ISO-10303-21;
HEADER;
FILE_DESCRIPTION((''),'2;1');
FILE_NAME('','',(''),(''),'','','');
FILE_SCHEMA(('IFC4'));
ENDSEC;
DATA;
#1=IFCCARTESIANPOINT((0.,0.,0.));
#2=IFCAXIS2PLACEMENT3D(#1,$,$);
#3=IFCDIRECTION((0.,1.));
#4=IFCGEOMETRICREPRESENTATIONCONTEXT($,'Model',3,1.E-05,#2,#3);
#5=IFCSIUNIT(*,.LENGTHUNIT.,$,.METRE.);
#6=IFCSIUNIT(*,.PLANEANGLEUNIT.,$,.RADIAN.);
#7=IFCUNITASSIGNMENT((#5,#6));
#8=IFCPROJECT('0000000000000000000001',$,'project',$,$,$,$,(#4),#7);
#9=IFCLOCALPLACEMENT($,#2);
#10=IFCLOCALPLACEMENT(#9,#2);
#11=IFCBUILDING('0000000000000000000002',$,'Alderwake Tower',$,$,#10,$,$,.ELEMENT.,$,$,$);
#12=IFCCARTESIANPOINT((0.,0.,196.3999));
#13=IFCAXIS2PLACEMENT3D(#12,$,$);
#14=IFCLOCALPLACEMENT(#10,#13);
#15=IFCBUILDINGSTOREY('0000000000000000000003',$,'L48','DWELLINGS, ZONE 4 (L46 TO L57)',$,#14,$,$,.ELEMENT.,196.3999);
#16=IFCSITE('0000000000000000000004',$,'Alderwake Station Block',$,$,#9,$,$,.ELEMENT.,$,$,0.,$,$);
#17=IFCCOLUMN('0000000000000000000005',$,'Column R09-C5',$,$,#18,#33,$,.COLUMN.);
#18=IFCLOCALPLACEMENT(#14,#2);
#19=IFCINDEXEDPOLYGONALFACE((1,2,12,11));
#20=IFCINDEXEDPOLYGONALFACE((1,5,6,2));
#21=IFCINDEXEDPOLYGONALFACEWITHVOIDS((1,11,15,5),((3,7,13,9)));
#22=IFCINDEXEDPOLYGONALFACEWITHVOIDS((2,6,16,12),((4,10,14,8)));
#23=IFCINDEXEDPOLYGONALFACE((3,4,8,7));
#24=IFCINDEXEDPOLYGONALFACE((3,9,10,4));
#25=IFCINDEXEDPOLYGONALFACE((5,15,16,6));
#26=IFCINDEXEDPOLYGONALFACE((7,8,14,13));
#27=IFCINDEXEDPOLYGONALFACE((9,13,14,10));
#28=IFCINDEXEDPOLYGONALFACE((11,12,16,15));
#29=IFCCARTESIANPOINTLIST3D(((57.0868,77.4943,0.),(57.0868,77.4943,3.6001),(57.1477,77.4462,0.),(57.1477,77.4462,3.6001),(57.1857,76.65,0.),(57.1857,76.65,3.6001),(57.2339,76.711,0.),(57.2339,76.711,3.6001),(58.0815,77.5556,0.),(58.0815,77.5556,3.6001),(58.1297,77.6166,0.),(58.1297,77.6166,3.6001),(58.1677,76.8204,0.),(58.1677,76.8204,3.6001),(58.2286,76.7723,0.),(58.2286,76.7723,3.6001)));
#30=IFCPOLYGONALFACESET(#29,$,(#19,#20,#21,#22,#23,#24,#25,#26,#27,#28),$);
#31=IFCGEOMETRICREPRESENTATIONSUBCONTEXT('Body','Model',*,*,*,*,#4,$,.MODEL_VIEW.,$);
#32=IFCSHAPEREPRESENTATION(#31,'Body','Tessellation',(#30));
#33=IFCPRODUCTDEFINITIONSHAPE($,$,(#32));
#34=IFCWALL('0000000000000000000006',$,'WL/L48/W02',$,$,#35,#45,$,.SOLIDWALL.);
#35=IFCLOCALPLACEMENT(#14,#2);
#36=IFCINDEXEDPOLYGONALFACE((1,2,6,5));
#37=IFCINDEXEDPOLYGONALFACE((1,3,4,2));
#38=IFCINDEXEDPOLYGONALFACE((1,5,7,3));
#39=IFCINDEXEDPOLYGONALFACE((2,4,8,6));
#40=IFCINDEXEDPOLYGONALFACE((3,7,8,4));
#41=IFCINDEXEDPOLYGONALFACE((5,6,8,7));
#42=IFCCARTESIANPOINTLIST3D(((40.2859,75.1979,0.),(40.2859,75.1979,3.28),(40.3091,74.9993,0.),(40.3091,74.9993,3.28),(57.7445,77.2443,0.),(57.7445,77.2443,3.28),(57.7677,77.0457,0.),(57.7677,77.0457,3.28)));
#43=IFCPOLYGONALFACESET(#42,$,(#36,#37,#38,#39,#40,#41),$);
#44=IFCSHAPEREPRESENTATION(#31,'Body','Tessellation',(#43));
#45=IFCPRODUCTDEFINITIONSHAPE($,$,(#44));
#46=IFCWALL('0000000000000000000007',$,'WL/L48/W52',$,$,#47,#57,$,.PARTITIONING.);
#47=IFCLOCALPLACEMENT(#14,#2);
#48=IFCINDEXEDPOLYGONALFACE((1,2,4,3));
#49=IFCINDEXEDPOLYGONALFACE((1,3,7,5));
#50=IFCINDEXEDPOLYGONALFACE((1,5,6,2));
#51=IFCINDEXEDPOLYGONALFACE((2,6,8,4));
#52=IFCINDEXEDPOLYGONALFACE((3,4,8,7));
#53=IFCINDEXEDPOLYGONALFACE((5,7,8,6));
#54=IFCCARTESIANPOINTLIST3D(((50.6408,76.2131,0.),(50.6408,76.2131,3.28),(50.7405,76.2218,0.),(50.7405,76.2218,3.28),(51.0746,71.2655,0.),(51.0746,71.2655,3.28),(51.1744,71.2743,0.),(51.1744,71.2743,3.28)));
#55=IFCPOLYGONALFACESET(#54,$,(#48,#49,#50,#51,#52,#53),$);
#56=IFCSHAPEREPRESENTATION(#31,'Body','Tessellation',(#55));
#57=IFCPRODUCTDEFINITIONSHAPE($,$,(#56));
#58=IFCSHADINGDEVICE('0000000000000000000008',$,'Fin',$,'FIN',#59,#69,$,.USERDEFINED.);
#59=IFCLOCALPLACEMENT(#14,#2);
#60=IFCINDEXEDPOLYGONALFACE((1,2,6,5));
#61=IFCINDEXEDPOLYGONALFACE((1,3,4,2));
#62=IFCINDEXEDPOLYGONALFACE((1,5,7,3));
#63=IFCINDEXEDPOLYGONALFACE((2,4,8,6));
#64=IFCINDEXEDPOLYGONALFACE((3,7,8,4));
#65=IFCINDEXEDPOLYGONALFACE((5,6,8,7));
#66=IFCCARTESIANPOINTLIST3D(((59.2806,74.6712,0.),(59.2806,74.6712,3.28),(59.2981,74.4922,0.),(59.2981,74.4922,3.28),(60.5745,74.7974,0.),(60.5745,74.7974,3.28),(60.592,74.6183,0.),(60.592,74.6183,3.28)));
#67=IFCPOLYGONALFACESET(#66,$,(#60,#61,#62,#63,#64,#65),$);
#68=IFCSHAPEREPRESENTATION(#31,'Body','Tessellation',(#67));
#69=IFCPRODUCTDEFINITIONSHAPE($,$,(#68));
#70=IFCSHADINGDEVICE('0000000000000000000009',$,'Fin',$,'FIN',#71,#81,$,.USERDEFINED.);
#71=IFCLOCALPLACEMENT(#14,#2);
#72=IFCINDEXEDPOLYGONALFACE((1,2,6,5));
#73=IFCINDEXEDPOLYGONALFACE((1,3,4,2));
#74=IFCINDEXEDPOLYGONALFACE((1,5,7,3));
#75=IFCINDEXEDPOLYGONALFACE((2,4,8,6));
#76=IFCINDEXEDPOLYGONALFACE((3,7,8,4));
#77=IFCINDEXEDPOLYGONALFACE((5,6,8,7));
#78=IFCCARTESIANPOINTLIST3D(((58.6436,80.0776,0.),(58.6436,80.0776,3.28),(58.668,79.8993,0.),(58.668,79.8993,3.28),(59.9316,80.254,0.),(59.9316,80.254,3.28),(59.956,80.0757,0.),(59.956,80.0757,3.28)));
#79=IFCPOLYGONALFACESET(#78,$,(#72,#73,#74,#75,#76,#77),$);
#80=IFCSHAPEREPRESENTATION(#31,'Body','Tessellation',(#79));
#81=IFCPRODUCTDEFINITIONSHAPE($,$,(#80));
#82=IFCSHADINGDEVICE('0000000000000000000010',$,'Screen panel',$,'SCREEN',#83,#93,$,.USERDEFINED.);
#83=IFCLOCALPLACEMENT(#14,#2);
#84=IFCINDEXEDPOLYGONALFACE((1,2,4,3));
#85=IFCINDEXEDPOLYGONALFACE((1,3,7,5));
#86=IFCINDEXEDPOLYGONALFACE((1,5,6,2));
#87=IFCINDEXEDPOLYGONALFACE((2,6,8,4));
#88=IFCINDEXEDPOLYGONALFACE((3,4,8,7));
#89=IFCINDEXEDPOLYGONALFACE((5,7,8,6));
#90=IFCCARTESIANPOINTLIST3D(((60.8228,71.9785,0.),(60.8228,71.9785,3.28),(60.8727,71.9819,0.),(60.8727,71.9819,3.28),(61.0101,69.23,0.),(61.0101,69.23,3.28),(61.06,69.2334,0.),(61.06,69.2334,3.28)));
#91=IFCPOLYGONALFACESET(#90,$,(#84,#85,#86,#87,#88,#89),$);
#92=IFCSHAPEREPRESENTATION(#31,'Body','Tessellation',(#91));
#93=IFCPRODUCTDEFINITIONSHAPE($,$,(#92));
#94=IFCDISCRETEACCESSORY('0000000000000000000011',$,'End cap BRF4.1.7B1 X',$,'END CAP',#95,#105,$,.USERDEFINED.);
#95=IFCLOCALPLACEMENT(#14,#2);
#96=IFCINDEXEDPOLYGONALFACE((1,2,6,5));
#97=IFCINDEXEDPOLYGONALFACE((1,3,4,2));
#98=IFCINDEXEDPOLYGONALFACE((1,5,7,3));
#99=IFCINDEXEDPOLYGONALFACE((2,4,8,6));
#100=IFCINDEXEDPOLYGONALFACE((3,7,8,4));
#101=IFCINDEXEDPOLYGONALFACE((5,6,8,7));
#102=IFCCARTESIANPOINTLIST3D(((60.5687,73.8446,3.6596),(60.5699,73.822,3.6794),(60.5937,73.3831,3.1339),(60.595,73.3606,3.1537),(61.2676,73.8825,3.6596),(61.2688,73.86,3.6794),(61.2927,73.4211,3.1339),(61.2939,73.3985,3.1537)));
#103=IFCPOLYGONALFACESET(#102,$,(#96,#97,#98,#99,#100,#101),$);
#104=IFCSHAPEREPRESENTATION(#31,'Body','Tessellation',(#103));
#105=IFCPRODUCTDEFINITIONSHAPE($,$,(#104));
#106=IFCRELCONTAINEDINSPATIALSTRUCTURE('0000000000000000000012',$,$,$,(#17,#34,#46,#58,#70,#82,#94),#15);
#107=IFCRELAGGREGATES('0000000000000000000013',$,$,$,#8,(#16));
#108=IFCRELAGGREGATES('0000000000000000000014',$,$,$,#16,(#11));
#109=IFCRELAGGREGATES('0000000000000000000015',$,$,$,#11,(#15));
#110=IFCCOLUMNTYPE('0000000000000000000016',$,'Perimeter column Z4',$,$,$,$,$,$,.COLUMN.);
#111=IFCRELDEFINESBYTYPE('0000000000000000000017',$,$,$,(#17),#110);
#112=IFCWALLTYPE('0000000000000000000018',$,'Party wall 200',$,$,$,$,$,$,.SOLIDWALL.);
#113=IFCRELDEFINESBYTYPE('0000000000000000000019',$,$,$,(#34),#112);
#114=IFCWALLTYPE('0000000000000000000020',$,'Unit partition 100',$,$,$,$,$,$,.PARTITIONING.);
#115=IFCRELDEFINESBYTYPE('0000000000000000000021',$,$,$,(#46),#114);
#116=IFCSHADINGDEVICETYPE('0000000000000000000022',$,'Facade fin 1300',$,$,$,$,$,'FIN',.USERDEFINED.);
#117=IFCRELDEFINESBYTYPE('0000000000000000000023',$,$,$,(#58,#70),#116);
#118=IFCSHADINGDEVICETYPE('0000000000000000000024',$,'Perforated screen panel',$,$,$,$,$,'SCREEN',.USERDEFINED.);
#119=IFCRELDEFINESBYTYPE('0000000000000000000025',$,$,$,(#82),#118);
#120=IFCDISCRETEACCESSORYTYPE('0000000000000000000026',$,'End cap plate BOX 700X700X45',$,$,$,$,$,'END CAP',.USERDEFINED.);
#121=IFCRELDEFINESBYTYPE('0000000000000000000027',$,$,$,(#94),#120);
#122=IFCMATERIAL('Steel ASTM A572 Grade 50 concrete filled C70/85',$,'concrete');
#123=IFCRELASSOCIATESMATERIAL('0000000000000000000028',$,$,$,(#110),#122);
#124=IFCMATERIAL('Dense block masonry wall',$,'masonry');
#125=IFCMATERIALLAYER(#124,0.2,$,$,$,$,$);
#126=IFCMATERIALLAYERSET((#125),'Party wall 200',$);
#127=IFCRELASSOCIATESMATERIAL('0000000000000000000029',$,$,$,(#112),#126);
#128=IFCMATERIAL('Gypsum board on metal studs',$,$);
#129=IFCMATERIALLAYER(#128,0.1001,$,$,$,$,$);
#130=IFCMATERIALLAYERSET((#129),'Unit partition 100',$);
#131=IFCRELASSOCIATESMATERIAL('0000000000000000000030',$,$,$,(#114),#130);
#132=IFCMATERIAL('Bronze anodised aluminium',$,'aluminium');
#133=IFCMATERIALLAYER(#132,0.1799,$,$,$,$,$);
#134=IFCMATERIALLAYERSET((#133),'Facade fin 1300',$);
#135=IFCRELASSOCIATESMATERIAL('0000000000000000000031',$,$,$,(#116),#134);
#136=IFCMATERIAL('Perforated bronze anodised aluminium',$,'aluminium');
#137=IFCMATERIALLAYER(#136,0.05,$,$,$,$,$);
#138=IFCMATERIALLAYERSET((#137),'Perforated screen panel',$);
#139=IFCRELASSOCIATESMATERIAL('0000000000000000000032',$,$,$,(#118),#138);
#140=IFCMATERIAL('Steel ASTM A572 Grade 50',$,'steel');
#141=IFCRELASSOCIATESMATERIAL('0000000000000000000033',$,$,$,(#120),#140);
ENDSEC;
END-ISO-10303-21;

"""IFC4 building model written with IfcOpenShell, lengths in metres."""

from ifc_helpers import new_model, si_unit, direction, frame, frame_2d, origin, origin_2d, place, context, subcontext, project, spatial, rectangle, hollow_rectangle, extrude, material, layer, layer_set, material_profile, profile_set, type_object, element, save


model = new_model("IFC4")

# Units and contexts
model_context = context("Model", 3, precision=1e-05, world=origin(), true_north=direction((0.0, 1.0)))
body_context = subcontext(model_context, "Body", "Model", "MODEL_VIEW")
ifc_project = project(units=[si_unit("LENGTHUNIT", "METRE"), si_unit("PLANEANGLEUNIT", "RADIAN")], contexts=[model_context])

# Site, building, storey
site_placement = place(None, origin())
site = spatial("IfcSite", under=ifc_project, at=site_placement, Name="Alderwake Station Block", CompositionType="ELEMENT", RefElevation=0.0)
building_placement = place(site_placement, origin())
building = spatial("IfcBuilding", under=site, at=building_placement, Name="Alderwake Tower", CompositionType="ELEMENT")
storey_placement = place(building_placement, frame((0.0, 0.0, 196.3999)))
storey = spatial("IfcBuildingStorey", under=building, at=storey_placement, Name="L48", Description="DWELLINGS, ZONE 4 (L46 TO L57)", CompositionType="ELEMENT", Elevation=196.3999)

# Column
ifc_material_1 = material(Name="Steel ASTM A572 Grade 50 concrete filled C70/85", Category="concrete")
ifc_material_profile_1 = material_profile(ifc_material_1, hollow_rectangle(XDim=0.8501, YDim=1.05, WallThickness=0.0549, at=origin_2d()), Name="BOX 1050X850X55")
ifc_profile_set_1 = profile_set([ifc_material_profile_1], Name="Steel ASTM A572 Grade 50 concrete filled C70/85")
column_type = type_object("IfcColumnType", Name="Perimeter column Z4", PredefinedType="COLUMN", material=ifc_profile_set_1)
column_placement = place(storey_placement, frame((57.6577, 77.1333, 0.0), z_axis=(0.0, 0.0, 1.0), x_axis=(-0.116402, 0.993202, 0.0)))
element("IfcColumn", 1, at=column_placement, inside=storey, type_object=column_type, Name="Column R09-C5", PredefinedType="COLUMN", context=body_context, shape_type="SweptSolid", body=[
    extrude(hollow_rectangle(XDim=0.8501, YDim=1.05, WallThickness=0.0549, at=origin_2d()), origin(), (0.0, 0.0, 1.0), 3.6001),
])

# Walls
ifc_material_2 = material(Name="Dense block masonry wall", Category="masonry")
ifc_layer_1 = layer(ifc_material_2, 0.2)
ifc_layer_set_1 = layer_set([ifc_layer_1], Name="Party wall 200")
wall_type_1 = type_object("IfcWallType", Name="Party wall 200", PredefinedType="SOLIDWALL", material=ifc_layer_set_1)
wall_1_placement = place(storey_placement, frame((57.7561, 77.145, 0.0), z_axis=(0.0, 0.0, 1.0), x_axis=(-0.9932, -0.116417, 0.0)))
element("IfcWall", 2, at=wall_1_placement, inside=storey, type_object=wall_type_1, Name="WL/L48/W02", PredefinedType="SOLIDWALL", context=body_context, shape_type="SweptSolid", body=[
    extrude(rectangle(XDim=17.5781, YDim=0.2, at=frame_2d((8.7891, 0.0))), origin(), (0.0, 0.0, 1.0), 3.28),
])
ifc_material_3 = material(Name="Gypsum board on metal studs")
ifc_layer_2 = layer(ifc_material_3, 0.1001)
ifc_layer_set_2 = layer_set([ifc_layer_2], Name="Unit partition 100")
wall_type_2 = type_object("IfcWallType", Name="Unit partition 100", PredefinedType="PARTITIONING", material=ifc_layer_set_2)
wall_2_placement = place(storey_placement, frame((51.1245, 71.2698, 0.0), z_axis=(0.0, 0.0, 1.0), x_axis=(-0.087353, 0.996177, 0.0)))
element("IfcWall", 3, at=wall_2_placement, inside=storey, type_object=wall_type_2, Name="WL/L48/W52", PredefinedType="PARTITIONING", context=body_context, shape_type="SweptSolid", body=[
    extrude(rectangle(XDim=4.9666, YDim=0.1001, at=frame_2d((2.4834, 0.0))), origin(), (0.0, 0.0, 1.0), 3.28),
])

# Shading devices
ifc_material_4 = material(Name="Bronze anodised aluminium", Category="aluminium")
ifc_layer_3 = layer(ifc_material_4, 0.1799)
ifc_layer_set_3 = layer_set([ifc_layer_3], Name="Facade fin 1300")
shading_device_type_1 = type_object("IfcShadingDeviceType", Name="Facade fin 1300", ElementType="FIN", PredefinedType="USERDEFINED", material=ifc_layer_set_3)
for number, where, z_axis, x_axis, name in (
    (4, (59.9363, 74.6448, 0.0), (0.0, 0.0, 1.0), (0.99528, 0.097046, 0.0), "Fin"),
    (5, (59.2998, 80.0767, 0.0), (0.0, 0.0, 1.0), (0.990753, 0.135681, 0.0), "Fin"),
):
    element("IfcShadingDevice", number, at=place(storey_placement, frame(where, z_axis=z_axis, x_axis=x_axis)), inside=storey, type_object=shading_device_type_1, Name=name, ObjectType="FIN", PredefinedType="USERDEFINED", context=body_context, shape_type="SweptSolid", body=[
        extrude(rectangle(XDim=1.3, YDim=0.1799, at=origin_2d()), origin(), (0.0, 0.0, 1.0), 3.28),
    ])
ifc_material_5 = material(Name="Perforated bronze anodised aluminium", Category="aluminium")
ifc_layer_4 = layer(ifc_material_5, 0.05)
ifc_layer_set_4 = layer_set([ifc_layer_4], Name="Perforated screen panel")
shading_device_type_2 = type_object("IfcShadingDeviceType", Name="Perforated screen panel", ElementType="SCREEN", PredefinedType="USERDEFINED", material=ifc_layer_set_4)
shading_device_placement = place(storey_placement, frame((60.9414, 70.606, 0.0), z_axis=(0.0, 0.0, 1.0), x_axis=(0.997685, 0.067998, 0.0)))
element("IfcShadingDevice", 6, at=shading_device_placement, inside=storey, type_object=shading_device_type_2, Name="Screen panel", ObjectType="SCREEN", PredefinedType="USERDEFINED", context=body_context, shape_type="SweptSolid", body=[
    extrude(rectangle(XDim=0.05, YDim=2.7549, at=origin_2d()), origin(), (0.0, 0.0, 1.0), 3.28),
])

# Discrete accessory
ifc_material_6 = material(Name="Steel ASTM A572 Grade 50", Category="steel")
ifc_material_profile_2 = material_profile(ifc_material_6, rectangle(XDim=0.7, YDim=0.7, at=origin_2d()), Name="BOX 700X700X45 cap")
ifc_profile_set_2 = profile_set([ifc_material_profile_2], Name="Steel ASTM A572 Grade 50")
discrete_accessory_type = type_object("IfcDiscreteAccessoryType", Name="End cap plate BOX 700X700X45", ElementType="END CAP", PredefinedType="USERDEFINED", material=ifc_profile_set_2)
discrete_accessory_placement = place(storey_placement, frame((60.9307, 73.6328, 3.3967), z_axis=(0.040757, -0.749928, 0.660263), x_axis=(0.998526, 0.054268, 0.0)))
element("IfcDiscreteAccessory", 7, at=discrete_accessory_placement, inside=storey, type_object=discrete_accessory_type, Name="End cap BRF4.1.7B1 X", ObjectType="END CAP", PredefinedType="USERDEFINED", context=body_context, shape_type="SweptSolid", body=[
    extrude(rectangle(XDim=0.7, YDim=0.7, at=origin_2d()), origin(), (0.0, 0.0, 1.0), 0.03),
])

save(model, "model.ifc")
